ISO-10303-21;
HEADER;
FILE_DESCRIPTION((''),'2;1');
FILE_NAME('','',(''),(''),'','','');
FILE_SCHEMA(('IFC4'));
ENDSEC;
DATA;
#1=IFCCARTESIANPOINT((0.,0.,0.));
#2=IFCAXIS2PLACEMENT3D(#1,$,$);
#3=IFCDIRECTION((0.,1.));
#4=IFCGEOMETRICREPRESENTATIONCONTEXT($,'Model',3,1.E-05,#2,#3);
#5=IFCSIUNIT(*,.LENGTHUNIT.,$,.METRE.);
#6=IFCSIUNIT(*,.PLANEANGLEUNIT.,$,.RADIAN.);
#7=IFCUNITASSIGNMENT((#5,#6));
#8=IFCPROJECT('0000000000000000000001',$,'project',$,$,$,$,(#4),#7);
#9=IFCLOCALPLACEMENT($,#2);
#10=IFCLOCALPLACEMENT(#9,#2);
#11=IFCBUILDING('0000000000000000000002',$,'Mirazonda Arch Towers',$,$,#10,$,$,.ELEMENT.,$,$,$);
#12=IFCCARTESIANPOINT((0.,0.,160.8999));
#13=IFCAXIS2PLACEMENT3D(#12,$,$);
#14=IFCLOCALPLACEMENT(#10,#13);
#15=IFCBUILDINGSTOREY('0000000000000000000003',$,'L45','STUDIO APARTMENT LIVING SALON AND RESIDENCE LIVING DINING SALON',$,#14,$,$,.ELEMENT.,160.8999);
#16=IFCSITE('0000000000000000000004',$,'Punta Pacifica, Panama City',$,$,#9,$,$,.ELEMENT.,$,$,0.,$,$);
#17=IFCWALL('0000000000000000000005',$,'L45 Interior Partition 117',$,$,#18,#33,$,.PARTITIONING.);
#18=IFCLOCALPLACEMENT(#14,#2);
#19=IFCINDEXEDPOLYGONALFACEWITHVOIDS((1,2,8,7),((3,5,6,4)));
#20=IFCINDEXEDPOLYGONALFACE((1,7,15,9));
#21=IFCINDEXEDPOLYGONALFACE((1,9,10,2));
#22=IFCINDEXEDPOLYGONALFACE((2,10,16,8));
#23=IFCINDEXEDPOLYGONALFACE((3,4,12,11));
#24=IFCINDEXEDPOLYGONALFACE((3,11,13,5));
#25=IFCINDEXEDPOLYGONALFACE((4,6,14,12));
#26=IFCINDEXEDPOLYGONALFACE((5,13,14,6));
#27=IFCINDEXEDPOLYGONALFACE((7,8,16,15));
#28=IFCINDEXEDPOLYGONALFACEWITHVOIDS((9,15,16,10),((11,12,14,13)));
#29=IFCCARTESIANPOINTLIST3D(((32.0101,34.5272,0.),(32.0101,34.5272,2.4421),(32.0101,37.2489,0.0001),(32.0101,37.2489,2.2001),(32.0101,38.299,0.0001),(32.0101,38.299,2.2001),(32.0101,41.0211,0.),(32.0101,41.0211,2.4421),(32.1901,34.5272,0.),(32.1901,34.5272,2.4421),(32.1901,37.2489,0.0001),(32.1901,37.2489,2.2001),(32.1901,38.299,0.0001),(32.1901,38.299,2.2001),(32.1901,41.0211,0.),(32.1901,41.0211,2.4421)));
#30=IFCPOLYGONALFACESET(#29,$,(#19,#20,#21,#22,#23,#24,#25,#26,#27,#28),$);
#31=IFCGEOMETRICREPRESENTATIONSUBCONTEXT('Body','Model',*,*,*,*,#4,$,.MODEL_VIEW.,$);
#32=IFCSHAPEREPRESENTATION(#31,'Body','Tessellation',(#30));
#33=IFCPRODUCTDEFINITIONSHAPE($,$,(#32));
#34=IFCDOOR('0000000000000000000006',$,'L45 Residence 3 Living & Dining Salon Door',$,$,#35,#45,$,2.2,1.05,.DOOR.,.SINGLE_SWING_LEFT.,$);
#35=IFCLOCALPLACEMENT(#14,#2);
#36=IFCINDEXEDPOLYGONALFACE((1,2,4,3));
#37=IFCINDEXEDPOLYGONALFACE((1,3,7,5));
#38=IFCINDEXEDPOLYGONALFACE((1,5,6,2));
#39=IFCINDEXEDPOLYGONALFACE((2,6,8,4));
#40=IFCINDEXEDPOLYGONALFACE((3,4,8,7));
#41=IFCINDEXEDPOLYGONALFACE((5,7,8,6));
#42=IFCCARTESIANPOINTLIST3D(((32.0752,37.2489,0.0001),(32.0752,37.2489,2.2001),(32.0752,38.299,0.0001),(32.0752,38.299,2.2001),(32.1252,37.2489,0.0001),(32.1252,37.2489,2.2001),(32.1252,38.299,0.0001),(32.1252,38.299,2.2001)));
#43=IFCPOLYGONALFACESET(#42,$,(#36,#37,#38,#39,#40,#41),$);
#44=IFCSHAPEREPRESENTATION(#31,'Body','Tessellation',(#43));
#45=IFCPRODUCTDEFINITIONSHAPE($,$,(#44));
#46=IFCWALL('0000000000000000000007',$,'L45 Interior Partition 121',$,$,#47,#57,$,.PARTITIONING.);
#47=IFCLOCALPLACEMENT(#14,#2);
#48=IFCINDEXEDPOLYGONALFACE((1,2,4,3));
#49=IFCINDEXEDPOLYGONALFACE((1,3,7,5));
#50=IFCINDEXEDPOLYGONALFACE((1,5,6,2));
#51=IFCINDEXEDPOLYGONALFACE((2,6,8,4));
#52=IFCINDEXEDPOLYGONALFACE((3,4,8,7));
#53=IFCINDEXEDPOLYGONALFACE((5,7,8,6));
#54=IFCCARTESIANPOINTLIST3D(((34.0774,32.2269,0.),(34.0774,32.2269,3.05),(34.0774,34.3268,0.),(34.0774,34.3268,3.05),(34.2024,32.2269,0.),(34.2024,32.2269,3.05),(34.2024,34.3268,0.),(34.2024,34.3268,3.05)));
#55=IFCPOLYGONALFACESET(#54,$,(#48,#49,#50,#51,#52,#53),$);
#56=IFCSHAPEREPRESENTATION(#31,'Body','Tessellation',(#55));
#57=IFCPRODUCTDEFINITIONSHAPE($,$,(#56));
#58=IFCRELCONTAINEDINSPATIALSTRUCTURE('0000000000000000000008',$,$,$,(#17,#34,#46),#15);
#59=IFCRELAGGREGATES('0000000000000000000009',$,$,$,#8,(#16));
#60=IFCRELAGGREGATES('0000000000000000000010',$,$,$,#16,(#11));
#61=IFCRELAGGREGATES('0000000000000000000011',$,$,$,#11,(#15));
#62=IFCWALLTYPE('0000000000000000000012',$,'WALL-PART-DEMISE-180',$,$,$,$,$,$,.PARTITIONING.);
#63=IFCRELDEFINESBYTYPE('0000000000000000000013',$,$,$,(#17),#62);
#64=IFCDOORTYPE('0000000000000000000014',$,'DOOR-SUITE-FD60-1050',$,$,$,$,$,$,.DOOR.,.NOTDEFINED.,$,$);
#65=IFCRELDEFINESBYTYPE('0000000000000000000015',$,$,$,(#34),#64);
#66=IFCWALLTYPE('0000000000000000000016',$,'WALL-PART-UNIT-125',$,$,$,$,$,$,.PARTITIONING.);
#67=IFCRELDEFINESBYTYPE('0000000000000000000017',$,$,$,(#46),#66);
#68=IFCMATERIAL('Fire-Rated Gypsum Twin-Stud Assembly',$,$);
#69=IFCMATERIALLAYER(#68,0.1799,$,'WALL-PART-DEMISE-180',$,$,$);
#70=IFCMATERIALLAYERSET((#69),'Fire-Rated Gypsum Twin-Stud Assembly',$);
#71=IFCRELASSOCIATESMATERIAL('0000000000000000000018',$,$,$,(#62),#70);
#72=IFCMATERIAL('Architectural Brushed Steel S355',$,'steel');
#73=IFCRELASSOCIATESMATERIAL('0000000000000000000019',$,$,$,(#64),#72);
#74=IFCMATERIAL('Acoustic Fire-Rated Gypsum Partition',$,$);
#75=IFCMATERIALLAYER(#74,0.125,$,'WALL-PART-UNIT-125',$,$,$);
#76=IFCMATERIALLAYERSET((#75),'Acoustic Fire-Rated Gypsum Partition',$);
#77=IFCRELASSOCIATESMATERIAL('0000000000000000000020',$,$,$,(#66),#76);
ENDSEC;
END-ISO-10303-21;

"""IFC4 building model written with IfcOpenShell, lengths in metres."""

from ifc_helpers import new_model, si_unit, direction, frame, frame_2d, origin, place, context, subcontext, project, spatial, rectangle, extrude, material, layer, layer_set, type_object, element, fill, save


model = new_model("IFC4")

# Units and contexts
model_context = context("Model", 3, precision=1e-05, world=origin(), true_north=direction((0.0, 1.0)))
body_context = subcontext(model_context, "Body", "Model", "MODEL_VIEW")
ifc_project = project(units=[si_unit("LENGTHUNIT", "METRE"), si_unit("PLANEANGLEUNIT", "RADIAN")], contexts=[model_context])

# Site, building, storey
site_placement = place(None, origin())
site = spatial("IfcSite", under=ifc_project, at=site_placement, Name="Punta Pacifica, Panama City", CompositionType="ELEMENT", RefElevation=0.0)
building_placement = place(site_placement, origin())
building = spatial("IfcBuilding", under=site, at=building_placement, Name="Mirazonda Arch Towers", CompositionType="ELEMENT")
storey_placement = place(building_placement, frame((0.0, 0.0, 160.8999)))
storey = spatial("IfcBuildingStorey", under=building, at=storey_placement, Name="L45", Description="STUDIO APARTMENT LIVING SALON AND RESIDENCE LIVING DINING SALON", CompositionType="ELEMENT", Elevation=160.8999)

# Shared definitions
ifc_material_1 = material(Name="Fire-Rated Gypsum Twin-Stud Assembly")
ifc_layer_1 = layer(ifc_material_1, 0.1799, Name="WALL-PART-DEMISE-180")
ifc_layer_set_1 = layer_set([ifc_layer_1], Name="Fire-Rated Gypsum Twin-Stud Assembly")
wall_type_1 = type_object("IfcWallType", Name="WALL-PART-DEMISE-180", PredefinedType="PARTITIONING", material=ifc_layer_set_1)
ifc_material_2 = material(Name="Architectural Brushed Steel S355", Category="steel")

# Shared definitions
door_type_1 = type_object("IfcDoorType", Name="DOOR-SUITE-FD60-1050", OperationType="NOTDEFINED", PredefinedType="DOOR", material=ifc_material_2)

# Wall, opening, door
wall_1_placement = place(storey_placement, frame((32.1001, 34.5271, 0.0), z_axis=(0.0, 0.0, 1.0), x_axis=(0.0, 1.0, 0.0)))
wall_1 = element("IfcWall", 1, at=wall_1_placement, inside=storey, type_object=wall_type_1, Name="L45 Interior Partition 117", PredefinedType="PARTITIONING", context=body_context, shape_type="SweptSolid", body=[
    extrude(rectangle(XDim=6.4939, YDim=0.1799, at=frame_2d((3.2471, 0.0))), origin(), (0.0, 0.0, 1.0), 2.4421),
])
opening_1_placement = place(wall_1_placement, frame((2.7219, 0.0, 0.0)))
opening_1 = element("IfcOpeningElement", 2, at=opening_1_placement, cuts=wall_1, PredefinedType="OPENING", context=body_context, shape_type="SweptSolid", body=[
    extrude(rectangle(XDim=1.05, YDim=2.2, at=frame_2d((0.5249, 1.1001))), frame((0.0, 0.0999, 0.0), z_axis=(0.0, -1.0, 0.0), x_axis=(1.0, 0.0, 0.0)), (0.0, 0.0, 1.0), 0.2),
])
door_1_placement = place(opening_1_placement, origin())
door_1 = element("IfcDoor", 3, at=door_1_placement, inside=storey, type_object=door_type_1, Name="L45 Residence 3 Living & Dining Salon Door", OperationType="SINGLE_SWING_LEFT", OverallHeight=2.2, OverallWidth=1.05, PredefinedType="DOOR", context=body_context, shape_type="SweptSolid", body=[
    extrude(rectangle(XDim=1.05, YDim=2.2, at=frame_2d((0.5249, 1.1001))), frame((0.0, 0.0249, 0.0), z_axis=(0.0, -1.0, 0.0), x_axis=(1.0, 0.0, 0.0)), (0.0, 0.0, 1.0), 0.05),
])
fill(opening_1, door_1)

# Wall
ifc_material_3 = material(Name="Acoustic Fire-Rated Gypsum Partition")
ifc_layer_2 = layer(ifc_material_3, 0.125, Name="WALL-PART-UNIT-125")
ifc_layer_set_2 = layer_set([ifc_layer_2], Name="Acoustic Fire-Rated Gypsum Partition")
wall_type_2 = type_object("IfcWallType", Name="WALL-PART-UNIT-125", PredefinedType="PARTITIONING", material=ifc_layer_set_2)
wall_2_placement = place(storey_placement, frame((34.1399, 32.2271, 0.0), z_axis=(0.0, 0.0, 1.0), x_axis=(0.0, 1.0, 0.0)))
element("IfcWall", 4, at=wall_2_placement, inside=storey, type_object=wall_type_2, Name="L45 Interior Partition 121", PredefinedType="PARTITIONING", context=body_context, shape_type="SweptSolid", body=[
    extrude(rectangle(XDim=2.0999, YDim=0.125, at=frame_2d((1.0498, 0.0))), origin(), (0.0, 0.0, 1.0), 3.05),
])

save(model, "model.ifc")
